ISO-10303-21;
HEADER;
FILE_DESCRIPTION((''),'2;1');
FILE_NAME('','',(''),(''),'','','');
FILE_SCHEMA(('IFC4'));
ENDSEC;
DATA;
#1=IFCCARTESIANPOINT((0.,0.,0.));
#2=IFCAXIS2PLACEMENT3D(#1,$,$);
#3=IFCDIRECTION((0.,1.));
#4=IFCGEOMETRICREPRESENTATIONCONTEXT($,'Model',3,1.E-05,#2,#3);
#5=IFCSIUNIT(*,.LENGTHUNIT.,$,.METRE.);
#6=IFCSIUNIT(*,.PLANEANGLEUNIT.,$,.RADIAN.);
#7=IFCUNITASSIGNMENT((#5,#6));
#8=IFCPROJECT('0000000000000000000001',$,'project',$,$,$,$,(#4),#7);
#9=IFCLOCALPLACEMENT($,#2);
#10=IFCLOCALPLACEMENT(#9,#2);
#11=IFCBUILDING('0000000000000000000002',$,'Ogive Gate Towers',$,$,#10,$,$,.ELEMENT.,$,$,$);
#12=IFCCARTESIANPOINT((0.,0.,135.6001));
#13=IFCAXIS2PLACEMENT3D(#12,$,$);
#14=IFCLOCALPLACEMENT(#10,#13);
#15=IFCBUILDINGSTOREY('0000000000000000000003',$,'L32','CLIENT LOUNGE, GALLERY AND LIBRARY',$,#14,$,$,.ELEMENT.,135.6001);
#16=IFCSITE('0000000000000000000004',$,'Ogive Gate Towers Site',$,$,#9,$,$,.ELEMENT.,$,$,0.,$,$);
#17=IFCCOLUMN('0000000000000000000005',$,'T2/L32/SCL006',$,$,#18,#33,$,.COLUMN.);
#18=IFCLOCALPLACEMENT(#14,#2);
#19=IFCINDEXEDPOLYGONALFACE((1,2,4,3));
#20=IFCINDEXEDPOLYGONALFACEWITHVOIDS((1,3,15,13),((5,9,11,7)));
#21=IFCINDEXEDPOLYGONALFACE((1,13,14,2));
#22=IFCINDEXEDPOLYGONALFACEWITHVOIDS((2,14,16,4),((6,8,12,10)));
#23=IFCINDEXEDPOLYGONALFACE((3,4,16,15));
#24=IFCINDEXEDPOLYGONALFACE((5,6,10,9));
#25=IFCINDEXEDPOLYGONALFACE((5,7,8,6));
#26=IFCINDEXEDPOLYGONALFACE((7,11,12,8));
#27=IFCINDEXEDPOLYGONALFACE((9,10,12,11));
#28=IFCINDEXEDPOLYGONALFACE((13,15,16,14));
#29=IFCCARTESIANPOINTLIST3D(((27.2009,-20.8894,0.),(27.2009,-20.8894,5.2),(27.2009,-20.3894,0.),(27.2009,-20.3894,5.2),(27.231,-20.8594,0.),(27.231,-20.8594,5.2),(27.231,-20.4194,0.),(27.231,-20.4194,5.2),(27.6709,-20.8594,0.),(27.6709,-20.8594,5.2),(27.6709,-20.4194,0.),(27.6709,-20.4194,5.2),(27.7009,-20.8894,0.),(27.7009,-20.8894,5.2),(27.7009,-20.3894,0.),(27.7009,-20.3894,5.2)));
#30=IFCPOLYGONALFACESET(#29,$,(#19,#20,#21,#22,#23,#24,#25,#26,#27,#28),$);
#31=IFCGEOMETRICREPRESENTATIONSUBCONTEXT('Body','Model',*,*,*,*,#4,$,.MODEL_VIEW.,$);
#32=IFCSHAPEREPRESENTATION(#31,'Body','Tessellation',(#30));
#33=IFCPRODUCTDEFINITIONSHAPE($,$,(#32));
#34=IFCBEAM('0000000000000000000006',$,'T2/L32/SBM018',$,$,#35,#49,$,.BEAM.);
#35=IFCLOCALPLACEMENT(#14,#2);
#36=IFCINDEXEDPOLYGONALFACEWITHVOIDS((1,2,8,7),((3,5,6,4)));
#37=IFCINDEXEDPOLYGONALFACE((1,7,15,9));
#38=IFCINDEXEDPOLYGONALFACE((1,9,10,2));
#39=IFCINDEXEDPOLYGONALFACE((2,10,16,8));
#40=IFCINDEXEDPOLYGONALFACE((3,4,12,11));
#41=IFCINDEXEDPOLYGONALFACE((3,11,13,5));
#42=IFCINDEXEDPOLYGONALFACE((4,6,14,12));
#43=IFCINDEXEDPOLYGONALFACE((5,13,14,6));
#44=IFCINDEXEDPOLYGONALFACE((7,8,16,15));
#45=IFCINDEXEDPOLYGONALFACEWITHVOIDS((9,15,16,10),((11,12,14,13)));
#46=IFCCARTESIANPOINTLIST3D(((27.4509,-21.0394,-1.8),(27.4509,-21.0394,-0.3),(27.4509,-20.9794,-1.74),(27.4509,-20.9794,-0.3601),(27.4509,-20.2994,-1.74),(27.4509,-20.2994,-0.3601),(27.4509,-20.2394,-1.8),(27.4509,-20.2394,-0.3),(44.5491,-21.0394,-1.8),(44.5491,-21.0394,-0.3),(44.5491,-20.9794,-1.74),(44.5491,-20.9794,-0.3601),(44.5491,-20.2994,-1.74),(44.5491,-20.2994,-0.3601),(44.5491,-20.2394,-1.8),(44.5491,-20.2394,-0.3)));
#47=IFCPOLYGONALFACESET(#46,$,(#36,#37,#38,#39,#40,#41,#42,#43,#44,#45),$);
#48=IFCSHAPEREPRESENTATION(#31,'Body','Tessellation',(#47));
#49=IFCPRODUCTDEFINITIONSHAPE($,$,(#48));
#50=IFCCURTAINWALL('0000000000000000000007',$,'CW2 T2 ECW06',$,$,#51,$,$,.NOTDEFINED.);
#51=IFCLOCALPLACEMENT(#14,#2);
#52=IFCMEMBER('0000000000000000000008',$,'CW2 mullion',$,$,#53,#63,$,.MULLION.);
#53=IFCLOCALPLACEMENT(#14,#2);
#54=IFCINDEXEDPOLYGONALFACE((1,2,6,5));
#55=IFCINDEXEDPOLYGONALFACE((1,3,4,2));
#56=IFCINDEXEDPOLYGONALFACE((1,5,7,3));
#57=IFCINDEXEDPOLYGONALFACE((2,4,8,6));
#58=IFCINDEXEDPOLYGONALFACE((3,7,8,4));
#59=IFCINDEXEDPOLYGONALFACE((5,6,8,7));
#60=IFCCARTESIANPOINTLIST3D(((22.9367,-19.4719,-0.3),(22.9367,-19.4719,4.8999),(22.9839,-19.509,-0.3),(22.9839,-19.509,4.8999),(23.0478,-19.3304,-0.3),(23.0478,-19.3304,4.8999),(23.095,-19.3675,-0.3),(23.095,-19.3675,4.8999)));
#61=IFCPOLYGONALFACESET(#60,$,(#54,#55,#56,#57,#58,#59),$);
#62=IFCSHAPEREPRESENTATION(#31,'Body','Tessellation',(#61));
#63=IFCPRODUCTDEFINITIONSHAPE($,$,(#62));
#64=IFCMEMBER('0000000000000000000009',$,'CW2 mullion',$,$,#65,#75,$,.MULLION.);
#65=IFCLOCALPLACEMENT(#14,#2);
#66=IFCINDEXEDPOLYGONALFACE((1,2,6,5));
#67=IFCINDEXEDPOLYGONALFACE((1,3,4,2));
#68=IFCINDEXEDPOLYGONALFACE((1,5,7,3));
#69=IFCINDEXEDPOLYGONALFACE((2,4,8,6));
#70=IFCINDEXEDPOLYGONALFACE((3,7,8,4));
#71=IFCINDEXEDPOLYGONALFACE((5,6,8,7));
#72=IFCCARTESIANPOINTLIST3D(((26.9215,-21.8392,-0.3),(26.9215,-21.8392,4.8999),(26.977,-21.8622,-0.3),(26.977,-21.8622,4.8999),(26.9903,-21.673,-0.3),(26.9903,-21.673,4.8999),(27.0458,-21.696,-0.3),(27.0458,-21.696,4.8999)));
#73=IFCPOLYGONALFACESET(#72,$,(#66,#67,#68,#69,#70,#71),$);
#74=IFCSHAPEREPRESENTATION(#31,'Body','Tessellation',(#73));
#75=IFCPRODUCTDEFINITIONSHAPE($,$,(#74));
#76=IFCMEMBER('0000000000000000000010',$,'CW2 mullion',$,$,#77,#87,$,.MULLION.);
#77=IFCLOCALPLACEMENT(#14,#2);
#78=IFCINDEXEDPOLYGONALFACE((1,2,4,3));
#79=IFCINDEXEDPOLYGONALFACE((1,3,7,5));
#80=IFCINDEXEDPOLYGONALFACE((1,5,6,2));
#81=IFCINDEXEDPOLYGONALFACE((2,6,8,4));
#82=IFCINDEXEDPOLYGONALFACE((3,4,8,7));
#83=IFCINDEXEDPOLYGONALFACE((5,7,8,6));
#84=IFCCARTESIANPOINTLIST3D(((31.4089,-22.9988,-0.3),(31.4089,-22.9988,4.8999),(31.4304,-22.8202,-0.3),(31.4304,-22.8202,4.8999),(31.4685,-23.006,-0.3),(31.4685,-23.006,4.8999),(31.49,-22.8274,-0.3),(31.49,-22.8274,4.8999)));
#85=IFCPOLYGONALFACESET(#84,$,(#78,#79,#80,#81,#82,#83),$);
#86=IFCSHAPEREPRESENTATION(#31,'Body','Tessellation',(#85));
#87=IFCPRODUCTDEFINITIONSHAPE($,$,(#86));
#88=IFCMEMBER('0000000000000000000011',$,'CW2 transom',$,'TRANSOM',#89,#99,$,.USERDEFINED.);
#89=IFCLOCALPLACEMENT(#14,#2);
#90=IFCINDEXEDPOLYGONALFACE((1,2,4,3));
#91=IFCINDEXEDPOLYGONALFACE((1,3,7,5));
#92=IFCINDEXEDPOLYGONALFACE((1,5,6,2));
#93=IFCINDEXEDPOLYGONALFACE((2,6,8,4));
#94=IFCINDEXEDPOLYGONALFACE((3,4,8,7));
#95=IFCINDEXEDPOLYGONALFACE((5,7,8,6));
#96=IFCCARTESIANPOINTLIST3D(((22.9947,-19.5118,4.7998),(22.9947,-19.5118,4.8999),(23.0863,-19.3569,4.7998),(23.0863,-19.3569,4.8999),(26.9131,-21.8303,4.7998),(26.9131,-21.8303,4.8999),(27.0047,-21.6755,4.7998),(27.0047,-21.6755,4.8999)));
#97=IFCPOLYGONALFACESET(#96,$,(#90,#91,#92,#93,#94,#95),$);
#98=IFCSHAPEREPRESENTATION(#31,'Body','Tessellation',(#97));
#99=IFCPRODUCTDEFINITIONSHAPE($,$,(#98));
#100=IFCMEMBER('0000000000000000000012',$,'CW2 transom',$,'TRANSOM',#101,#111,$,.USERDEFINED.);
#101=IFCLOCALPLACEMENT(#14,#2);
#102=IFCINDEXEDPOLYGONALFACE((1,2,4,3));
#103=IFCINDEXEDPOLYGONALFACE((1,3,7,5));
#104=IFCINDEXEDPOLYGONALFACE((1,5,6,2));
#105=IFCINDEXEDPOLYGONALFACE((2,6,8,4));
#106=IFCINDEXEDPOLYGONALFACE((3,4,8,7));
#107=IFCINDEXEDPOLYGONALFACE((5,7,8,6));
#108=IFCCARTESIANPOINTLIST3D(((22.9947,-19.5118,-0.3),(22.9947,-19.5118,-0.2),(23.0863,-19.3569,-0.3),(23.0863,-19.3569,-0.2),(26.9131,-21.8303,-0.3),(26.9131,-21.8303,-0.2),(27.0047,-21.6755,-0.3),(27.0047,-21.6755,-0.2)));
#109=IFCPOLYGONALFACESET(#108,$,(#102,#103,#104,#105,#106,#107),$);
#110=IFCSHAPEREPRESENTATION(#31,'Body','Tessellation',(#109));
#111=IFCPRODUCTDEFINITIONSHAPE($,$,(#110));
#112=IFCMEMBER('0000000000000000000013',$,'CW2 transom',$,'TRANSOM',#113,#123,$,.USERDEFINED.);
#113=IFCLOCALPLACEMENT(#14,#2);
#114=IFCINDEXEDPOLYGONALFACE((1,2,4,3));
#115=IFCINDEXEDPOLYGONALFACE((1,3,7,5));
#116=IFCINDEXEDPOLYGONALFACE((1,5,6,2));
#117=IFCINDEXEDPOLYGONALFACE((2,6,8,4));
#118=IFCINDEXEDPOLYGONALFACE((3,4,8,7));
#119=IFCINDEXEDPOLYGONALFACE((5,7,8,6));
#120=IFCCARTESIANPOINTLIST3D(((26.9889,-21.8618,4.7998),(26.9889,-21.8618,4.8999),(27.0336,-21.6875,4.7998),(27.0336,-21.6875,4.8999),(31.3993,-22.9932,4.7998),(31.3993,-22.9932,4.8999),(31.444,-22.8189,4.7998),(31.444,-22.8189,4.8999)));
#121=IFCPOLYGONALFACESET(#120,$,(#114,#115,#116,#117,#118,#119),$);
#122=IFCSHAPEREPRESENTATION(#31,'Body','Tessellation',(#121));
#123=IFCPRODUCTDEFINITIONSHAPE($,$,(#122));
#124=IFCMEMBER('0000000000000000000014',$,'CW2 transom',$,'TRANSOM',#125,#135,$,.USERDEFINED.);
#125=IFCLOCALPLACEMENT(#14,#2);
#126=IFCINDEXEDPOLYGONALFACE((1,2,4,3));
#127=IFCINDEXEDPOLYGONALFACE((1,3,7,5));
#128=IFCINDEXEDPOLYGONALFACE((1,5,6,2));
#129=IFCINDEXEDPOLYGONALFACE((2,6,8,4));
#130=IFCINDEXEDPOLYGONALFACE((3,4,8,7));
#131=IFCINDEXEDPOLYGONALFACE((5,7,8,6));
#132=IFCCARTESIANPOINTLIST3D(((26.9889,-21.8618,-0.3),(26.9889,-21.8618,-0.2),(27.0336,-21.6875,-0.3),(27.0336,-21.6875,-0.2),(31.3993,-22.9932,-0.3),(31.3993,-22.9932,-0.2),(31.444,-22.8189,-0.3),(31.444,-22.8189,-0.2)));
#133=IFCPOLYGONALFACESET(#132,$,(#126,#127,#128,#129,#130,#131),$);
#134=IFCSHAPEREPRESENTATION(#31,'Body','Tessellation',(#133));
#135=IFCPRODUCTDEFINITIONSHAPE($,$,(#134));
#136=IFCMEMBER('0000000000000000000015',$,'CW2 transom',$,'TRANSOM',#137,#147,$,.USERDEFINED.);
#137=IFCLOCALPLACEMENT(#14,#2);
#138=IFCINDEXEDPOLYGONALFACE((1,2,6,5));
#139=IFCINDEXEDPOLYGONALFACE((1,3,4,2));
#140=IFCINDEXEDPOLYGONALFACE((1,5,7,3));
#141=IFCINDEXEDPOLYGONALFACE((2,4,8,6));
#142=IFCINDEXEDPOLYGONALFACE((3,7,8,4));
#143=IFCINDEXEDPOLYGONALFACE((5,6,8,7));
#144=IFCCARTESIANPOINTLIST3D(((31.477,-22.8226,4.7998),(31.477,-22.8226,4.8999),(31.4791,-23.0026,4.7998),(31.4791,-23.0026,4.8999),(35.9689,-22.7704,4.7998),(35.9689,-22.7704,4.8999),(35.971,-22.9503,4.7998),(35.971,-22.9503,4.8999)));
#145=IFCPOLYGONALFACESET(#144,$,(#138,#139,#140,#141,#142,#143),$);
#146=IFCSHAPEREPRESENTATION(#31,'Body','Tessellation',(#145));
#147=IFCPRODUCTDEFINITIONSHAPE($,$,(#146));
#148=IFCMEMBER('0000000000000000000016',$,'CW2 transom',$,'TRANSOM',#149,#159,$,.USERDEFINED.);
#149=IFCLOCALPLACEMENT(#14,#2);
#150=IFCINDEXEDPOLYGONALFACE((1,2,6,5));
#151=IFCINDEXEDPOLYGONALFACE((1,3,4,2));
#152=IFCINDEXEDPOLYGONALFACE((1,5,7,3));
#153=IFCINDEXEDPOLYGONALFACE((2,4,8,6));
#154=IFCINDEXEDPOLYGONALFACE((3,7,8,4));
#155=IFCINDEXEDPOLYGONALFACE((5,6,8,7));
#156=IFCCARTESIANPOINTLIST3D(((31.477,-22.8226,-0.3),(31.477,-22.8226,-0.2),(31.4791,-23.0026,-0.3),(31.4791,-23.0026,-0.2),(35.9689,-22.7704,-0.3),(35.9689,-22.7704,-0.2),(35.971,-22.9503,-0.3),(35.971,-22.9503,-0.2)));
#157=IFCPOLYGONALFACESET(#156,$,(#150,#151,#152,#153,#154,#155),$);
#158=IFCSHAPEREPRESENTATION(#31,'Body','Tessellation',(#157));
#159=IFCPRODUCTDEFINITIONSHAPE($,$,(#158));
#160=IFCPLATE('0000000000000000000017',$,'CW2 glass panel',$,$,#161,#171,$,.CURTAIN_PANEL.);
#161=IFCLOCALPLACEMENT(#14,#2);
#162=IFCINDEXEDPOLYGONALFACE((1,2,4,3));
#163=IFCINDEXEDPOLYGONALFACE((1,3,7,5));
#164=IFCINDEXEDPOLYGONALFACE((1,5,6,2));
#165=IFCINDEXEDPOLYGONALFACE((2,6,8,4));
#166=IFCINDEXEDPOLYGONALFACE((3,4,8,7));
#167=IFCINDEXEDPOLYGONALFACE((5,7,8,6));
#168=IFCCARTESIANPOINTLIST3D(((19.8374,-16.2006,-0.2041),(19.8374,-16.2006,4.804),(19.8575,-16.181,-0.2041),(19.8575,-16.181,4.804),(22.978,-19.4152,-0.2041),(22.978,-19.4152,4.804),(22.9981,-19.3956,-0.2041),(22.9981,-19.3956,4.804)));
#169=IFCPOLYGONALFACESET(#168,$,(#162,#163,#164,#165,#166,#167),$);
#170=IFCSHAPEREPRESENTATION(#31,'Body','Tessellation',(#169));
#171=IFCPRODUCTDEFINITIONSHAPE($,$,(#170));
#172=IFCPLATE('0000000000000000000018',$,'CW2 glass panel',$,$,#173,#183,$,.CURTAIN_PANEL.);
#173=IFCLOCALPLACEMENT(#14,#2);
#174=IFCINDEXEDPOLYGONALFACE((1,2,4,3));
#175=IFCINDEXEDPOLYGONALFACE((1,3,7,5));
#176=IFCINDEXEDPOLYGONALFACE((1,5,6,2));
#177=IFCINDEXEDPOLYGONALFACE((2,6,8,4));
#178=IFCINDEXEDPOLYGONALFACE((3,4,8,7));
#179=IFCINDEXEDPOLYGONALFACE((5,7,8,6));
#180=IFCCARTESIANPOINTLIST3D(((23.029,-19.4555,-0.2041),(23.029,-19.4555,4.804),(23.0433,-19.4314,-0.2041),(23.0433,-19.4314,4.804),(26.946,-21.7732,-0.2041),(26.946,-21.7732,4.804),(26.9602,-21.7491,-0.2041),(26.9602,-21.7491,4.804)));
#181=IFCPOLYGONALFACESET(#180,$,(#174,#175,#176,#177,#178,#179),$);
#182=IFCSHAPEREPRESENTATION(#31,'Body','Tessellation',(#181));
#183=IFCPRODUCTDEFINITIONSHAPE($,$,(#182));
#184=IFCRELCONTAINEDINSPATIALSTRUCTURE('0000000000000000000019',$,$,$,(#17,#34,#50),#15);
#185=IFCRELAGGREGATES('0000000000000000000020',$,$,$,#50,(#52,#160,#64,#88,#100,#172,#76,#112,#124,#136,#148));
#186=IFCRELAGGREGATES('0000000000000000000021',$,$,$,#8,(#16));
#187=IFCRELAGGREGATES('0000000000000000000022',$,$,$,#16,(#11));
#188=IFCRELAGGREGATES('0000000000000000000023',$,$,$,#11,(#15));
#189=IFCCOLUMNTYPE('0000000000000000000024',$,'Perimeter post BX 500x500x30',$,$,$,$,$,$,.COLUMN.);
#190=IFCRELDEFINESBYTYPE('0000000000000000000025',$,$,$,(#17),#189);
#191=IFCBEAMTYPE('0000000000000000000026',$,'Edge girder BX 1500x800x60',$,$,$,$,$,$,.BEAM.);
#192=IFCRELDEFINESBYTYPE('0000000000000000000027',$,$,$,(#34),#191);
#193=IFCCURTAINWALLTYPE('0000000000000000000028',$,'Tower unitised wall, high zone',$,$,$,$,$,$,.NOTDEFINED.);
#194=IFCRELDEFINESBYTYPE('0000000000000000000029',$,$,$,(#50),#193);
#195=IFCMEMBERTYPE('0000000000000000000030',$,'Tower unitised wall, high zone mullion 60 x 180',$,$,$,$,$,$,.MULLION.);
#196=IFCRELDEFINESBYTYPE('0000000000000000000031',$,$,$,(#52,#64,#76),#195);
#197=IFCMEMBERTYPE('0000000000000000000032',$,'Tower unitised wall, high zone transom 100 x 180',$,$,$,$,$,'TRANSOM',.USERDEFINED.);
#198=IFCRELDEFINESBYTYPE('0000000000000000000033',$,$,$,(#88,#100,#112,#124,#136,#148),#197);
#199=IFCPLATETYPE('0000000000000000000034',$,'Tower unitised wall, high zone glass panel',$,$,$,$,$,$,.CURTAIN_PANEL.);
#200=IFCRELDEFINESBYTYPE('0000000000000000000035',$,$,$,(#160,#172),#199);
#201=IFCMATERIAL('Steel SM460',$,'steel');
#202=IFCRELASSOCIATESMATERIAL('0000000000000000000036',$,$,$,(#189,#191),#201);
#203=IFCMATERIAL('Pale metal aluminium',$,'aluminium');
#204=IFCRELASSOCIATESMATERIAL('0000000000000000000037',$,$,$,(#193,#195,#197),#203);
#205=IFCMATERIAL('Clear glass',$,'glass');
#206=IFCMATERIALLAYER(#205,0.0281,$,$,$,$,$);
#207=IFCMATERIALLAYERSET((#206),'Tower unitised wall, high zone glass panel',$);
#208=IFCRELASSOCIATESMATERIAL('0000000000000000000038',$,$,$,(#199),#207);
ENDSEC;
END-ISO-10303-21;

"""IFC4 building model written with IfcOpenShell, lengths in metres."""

from ifc_helpers import new_model, si_unit, direction, frame, origin, origin_2d, place, context, subcontext, project, spatial, rectangle, hollow_rectangle, extrude, material, layer, layer_set, material_profile, profile_set, type_object, element, aggregate, save


model = new_model("IFC4")

# Units and contexts
model_context = context("Model", 3, precision=1e-05, world=origin(), true_north=direction((0.0, 1.0)))
body_context = subcontext(model_context, "Body", "Model", "MODEL_VIEW")
ifc_project = project(units=[si_unit("LENGTHUNIT", "METRE"), si_unit("PLANEANGLEUNIT", "RADIAN")], contexts=[model_context])

# Site, building, storey
site_placement = place(None, origin())
site = spatial("IfcSite", under=ifc_project, at=site_placement, Name="Ogive Gate Towers Site", CompositionType="ELEMENT", RefElevation=0.0)
building_placement = place(site_placement, origin())
building = spatial("IfcBuilding", under=site, at=building_placement, Name="Ogive Gate Towers", CompositionType="ELEMENT")
storey_placement = place(building_placement, frame((0.0, 0.0, 135.6001)))
storey = spatial("IfcBuildingStorey", under=building, at=storey_placement, Name="L32", Description="CLIENT LOUNGE, GALLERY AND LIBRARY", CompositionType="ELEMENT", Elevation=135.6001)

# Column
ifc_material_1 = material(Name="Steel SM460", Category="steel")
ifc_material_profile_1 = material_profile(ifc_material_1, hollow_rectangle(XDim=0.5, YDim=0.5, WallThickness=0.03, at=origin_2d()), Name="BX 500x500x30")
ifc_profile_set_1 = profile_set([ifc_material_profile_1], Name="Steel SM460")
column_type = type_object("IfcColumnType", Name="Perimeter post BX 500x500x30", PredefinedType="COLUMN", material=ifc_profile_set_1)
column_placement = place(storey_placement, frame((27.4509, -20.6394, 0.0), z_axis=(0.0, 0.0, 1.0), x_axis=(1.0, 0.0, 0.0)))
element("IfcColumn", 1, at=column_placement, inside=storey, type_object=column_type, Name="T2/L32/SCL006", PredefinedType="COLUMN", context=body_context, shape_type="SweptSolid", body=[
    extrude(hollow_rectangle(XDim=0.5, YDim=0.5, WallThickness=0.03, at=origin_2d()), origin(), (0.0, 0.0, 1.0), 5.2),
])

# Beam
ifc_material_profile_2 = material_profile(ifc_material_1, hollow_rectangle(XDim=0.8, YDim=1.5, WallThickness=0.0601, at=origin_2d()), Name="BX 1500x800x60")
ifc_profile_set_2 = profile_set([ifc_material_profile_2], Name="Steel SM460")
beam_type = type_object("IfcBeamType", Name="Edge girder BX 1500x800x60", PredefinedType="BEAM", material=ifc_profile_set_2)
beam_placement = place(storey_placement, frame((27.4509, -20.6394, -1.05), z_axis=(1.0, 0.0, 0.0), x_axis=(0.0, 1.0, 0.0)))
element("IfcBeam", 2, at=beam_placement, inside=storey, type_object=beam_type, Name="T2/L32/SBM018", PredefinedType="BEAM", context=body_context, shape_type="SweptSolid", body=[
    extrude(hollow_rectangle(XDim=0.8, YDim=1.5, WallThickness=0.0601, at=origin_2d()), origin(), (0.0, 0.0, 1.0), 17.0981),
])

# Curtain wall, members, plates
ifc_material_2 = material(Name="Pale metal aluminium", Category="aluminium")
curtain_wall_type = type_object("IfcCurtainWallType", Name="Tower unitised wall, high zone", PredefinedType="NOTDEFINED", material=ifc_material_2)
curtain_wall_placement = place(storey_placement, origin())
curtain_wall = element("IfcCurtainWall", 3, at=curtain_wall_placement, inside=storey, type_object=curtain_wall_type, Name="CW2 T2 ECW06", PredefinedType="NOTDEFINED")
ifc_material_profile_3 = material_profile(ifc_material_2, rectangle(XDim=0.1799, YDim=0.0601, at=origin_2d()), Name="60 x 180 aluminium box")
ifc_profile_set_3 = profile_set([ifc_material_profile_3], Name="Pale metal aluminium")
member_type_1 = type_object("IfcMemberType", Name="Tower unitised wall, high zone mullion 60 x 180", PredefinedType="MULLION", material=ifc_profile_set_3)
member_1_placement = place(storey_placement, frame((23.0159, -19.4197, -0.3), z_axis=(0.0, 0.0, 1.0), x_axis=(-0.617585, -0.786504, 0.0)))
member_1 = element("IfcMember", 4, at=member_1_placement, type_object=member_type_1, Name="CW2 mullion", PredefinedType="MULLION", context=body_context, shape_type="SweptSolid", body=[
    extrude(rectangle(XDim=0.1799, YDim=0.0601, at=origin_2d()), origin(), (0.0, 0.0, 1.0), 5.2),
])
member_2_placement = place(storey_placement, frame((26.9836, -21.7676, -0.3), z_axis=(0.0, 0.0, 1.0), x_axis=(-0.382683, -0.92388, 0.0)))
member_2 = element("IfcMember", 5, at=member_2_placement, type_object=member_type_1, Name="CW2 mullion", PredefinedType="MULLION", context=body_context, shape_type="SweptSolid", body=[
    extrude(rectangle(XDim=0.1799, YDim=0.0601, at=origin_2d()), origin(), (0.0, 0.0, 1.0), 5.2),
])
member_3_placement = place(storey_placement, frame((31.4495, -22.9131, -0.3), z_axis=(0.0, 0.0, 1.0), x_axis=(-0.119444, -0.992841, 0.0)))
member_3 = element("IfcMember", 6, at=member_3_placement, type_object=member_type_1, Name="CW2 mullion", PredefinedType="MULLION", context=body_context, shape_type="SweptSolid", body=[
    extrude(rectangle(XDim=0.1799, YDim=0.0601, at=origin_2d()), origin(), (0.0, 0.0, 1.0), 5.2),
])
ifc_material_profile_4 = material_profile(ifc_material_2, rectangle(XDim=0.1799, YDim=0.1001, at=origin_2d()), Name="100 x 180 aluminium box")
ifc_profile_set_4 = profile_set([ifc_material_profile_4], Name="Pale metal aluminium")
member_type_2 = type_object("IfcMemberType", Name="Tower unitised wall, high zone transom 100 x 180", ElementType="TRANSOM", PredefinedType="USERDEFINED", material=ifc_profile_set_4)
member_4_placement = place(storey_placement, frame((23.0405, -19.4343, 4.8499), z_axis=(0.860623, -0.509242, 0.0), x_axis=(0.509242, 0.860623, 0.0)))
member_4 = element("IfcMember", 7, at=member_4_placement, type_object=member_type_2, Name="CW2 transom", ObjectType="TRANSOM", PredefinedType="USERDEFINED", context=body_context, shape_type="SweptSolid", body=[
    extrude(rectangle(XDim=0.1799, YDim=0.1001, at=origin_2d()), origin(), (0.0, 0.0, 1.0), 4.553),
])
member_5_placement = place(storey_placement, frame((23.0405, -19.4343, -0.25), z_axis=(0.860623, -0.509242, 0.0), x_axis=(0.509242, 0.860623, 0.0)))
member_5 = element("IfcMember", 8, at=member_5_placement, type_object=member_type_2, Name="CW2 transom", ObjectType="TRANSOM", PredefinedType="USERDEFINED", context=body_context, shape_type="SweptSolid", body=[
    extrude(rectangle(XDim=0.1799, YDim=0.1001, at=origin_2d()), origin(), (0.0, 0.0, 1.0), 4.553),
])
member_6_placement = place(storey_placement, frame((27.0112, -21.7747, 4.8499), z_axis=(0.968639, -0.248473, 0.0), x_axis=(0.248473, 0.968639, 0.0)))
member_6 = element("IfcMember", 9, at=member_6_placement, type_object=member_type_2, Name="CW2 transom", ObjectType="TRANSOM", PredefinedType="USERDEFINED", context=body_context, shape_type="SweptSolid", body=[
    extrude(rectangle(XDim=0.1799, YDim=0.1001, at=origin_2d()), origin(), (0.0, 0.0, 1.0), 4.5532),
])
member_7_placement = place(storey_placement, frame((27.0112, -21.7747, -0.25), z_axis=(0.968639, -0.248473, 0.0), x_axis=(0.248473, 0.968639, 0.0)))
member_7 = element("IfcMember", 10, at=member_7_placement, type_object=member_type_2, Name="CW2 transom", ObjectType="TRANSOM", PredefinedType="USERDEFINED", context=body_context, shape_type="SweptSolid", body=[
    extrude(rectangle(XDim=0.1799, YDim=0.1001, at=origin_2d()), origin(), (0.0, 0.0, 1.0), 4.5532),
])
member_8_placement = place(storey_placement, frame((31.478, -22.9126, 4.8499), z_axis=(0.999932, 0.01163, 0.0), x_axis=(-0.01163, 0.999932, 0.0)))
member_8 = element("IfcMember", 11, at=member_8_placement, type_object=member_type_2, Name="CW2 transom", ObjectType="TRANSOM", PredefinedType="USERDEFINED", context=body_context, shape_type="SweptSolid", body=[
    extrude(rectangle(XDim=0.1799, YDim=0.1001, at=origin_2d()), origin(), (0.0, 0.0, 1.0), 4.4922),
])
member_9_placement = place(storey_placement, frame((31.478, -22.9126, -0.25), z_axis=(0.999932, 0.01163, 0.0), x_axis=(-0.01163, 0.999932, 0.0)))
member_9 = element("IfcMember", 12, at=member_9_placement, type_object=member_type_2, Name="CW2 transom", ObjectType="TRANSOM", PredefinedType="USERDEFINED", context=body_context, shape_type="SweptSolid", body=[
    extrude(rectangle(XDim=0.1799, YDim=0.1001, at=origin_2d()), origin(), (0.0, 0.0, 1.0), 4.4922),
])
ifc_material_3 = material(Name="Clear glass", Category="glass")
ifc_layer_1 = layer(ifc_material_3, 0.0281)
ifc_layer_set_1 = layer_set([ifc_layer_1], Name="Tower unitised wall, high zone glass panel")
plate_type = type_object("IfcPlateType", Name="Tower unitised wall, high zone glass panel", PredefinedType="CURTAIN_PANEL", material=ifc_layer_set_1)
plate_1_placement = place(storey_placement, frame((21.4177, -17.7981, -0.2041), z_axis=(0.0, 0.0, 1.0), x_axis=(0.698815, -0.715303, 0.0)))
plate_1 = element("IfcPlate", 13, at=plate_1_placement, type_object=plate_type, Name="CW2 glass panel", PredefinedType="CURTAIN_PANEL", context=body_context, shape_type="SweptSolid", body=[
    extrude(rectangle(XDim=4.4941, YDim=0.0281, at=origin_2d()), origin(), (0.0, 0.0, 1.0), 5.0081),
])
plate_2_placement = place(storey_placement, frame((24.9946, -20.6023, -0.2041), z_axis=(0.0, 0.0, 1.0), x_axis=(0.860627, -0.509237, 0.0)))
plate_2 = element("IfcPlate", 14, at=plate_2_placement, type_object=plate_type, Name="CW2 glass panel", PredefinedType="CURTAIN_PANEL", context=body_context, shape_type="SweptSolid", body=[
    extrude(rectangle(XDim=4.5513, YDim=0.0281, at=origin_2d()), origin(), (0.0, 0.0, 1.0), 5.0081),
])
aggregate(curtain_wall, [member_1, plate_1, member_2, member_4, member_5, plate_2, member_3, member_6, member_7, member_8, member_9])

save(model, "model.ifc")
